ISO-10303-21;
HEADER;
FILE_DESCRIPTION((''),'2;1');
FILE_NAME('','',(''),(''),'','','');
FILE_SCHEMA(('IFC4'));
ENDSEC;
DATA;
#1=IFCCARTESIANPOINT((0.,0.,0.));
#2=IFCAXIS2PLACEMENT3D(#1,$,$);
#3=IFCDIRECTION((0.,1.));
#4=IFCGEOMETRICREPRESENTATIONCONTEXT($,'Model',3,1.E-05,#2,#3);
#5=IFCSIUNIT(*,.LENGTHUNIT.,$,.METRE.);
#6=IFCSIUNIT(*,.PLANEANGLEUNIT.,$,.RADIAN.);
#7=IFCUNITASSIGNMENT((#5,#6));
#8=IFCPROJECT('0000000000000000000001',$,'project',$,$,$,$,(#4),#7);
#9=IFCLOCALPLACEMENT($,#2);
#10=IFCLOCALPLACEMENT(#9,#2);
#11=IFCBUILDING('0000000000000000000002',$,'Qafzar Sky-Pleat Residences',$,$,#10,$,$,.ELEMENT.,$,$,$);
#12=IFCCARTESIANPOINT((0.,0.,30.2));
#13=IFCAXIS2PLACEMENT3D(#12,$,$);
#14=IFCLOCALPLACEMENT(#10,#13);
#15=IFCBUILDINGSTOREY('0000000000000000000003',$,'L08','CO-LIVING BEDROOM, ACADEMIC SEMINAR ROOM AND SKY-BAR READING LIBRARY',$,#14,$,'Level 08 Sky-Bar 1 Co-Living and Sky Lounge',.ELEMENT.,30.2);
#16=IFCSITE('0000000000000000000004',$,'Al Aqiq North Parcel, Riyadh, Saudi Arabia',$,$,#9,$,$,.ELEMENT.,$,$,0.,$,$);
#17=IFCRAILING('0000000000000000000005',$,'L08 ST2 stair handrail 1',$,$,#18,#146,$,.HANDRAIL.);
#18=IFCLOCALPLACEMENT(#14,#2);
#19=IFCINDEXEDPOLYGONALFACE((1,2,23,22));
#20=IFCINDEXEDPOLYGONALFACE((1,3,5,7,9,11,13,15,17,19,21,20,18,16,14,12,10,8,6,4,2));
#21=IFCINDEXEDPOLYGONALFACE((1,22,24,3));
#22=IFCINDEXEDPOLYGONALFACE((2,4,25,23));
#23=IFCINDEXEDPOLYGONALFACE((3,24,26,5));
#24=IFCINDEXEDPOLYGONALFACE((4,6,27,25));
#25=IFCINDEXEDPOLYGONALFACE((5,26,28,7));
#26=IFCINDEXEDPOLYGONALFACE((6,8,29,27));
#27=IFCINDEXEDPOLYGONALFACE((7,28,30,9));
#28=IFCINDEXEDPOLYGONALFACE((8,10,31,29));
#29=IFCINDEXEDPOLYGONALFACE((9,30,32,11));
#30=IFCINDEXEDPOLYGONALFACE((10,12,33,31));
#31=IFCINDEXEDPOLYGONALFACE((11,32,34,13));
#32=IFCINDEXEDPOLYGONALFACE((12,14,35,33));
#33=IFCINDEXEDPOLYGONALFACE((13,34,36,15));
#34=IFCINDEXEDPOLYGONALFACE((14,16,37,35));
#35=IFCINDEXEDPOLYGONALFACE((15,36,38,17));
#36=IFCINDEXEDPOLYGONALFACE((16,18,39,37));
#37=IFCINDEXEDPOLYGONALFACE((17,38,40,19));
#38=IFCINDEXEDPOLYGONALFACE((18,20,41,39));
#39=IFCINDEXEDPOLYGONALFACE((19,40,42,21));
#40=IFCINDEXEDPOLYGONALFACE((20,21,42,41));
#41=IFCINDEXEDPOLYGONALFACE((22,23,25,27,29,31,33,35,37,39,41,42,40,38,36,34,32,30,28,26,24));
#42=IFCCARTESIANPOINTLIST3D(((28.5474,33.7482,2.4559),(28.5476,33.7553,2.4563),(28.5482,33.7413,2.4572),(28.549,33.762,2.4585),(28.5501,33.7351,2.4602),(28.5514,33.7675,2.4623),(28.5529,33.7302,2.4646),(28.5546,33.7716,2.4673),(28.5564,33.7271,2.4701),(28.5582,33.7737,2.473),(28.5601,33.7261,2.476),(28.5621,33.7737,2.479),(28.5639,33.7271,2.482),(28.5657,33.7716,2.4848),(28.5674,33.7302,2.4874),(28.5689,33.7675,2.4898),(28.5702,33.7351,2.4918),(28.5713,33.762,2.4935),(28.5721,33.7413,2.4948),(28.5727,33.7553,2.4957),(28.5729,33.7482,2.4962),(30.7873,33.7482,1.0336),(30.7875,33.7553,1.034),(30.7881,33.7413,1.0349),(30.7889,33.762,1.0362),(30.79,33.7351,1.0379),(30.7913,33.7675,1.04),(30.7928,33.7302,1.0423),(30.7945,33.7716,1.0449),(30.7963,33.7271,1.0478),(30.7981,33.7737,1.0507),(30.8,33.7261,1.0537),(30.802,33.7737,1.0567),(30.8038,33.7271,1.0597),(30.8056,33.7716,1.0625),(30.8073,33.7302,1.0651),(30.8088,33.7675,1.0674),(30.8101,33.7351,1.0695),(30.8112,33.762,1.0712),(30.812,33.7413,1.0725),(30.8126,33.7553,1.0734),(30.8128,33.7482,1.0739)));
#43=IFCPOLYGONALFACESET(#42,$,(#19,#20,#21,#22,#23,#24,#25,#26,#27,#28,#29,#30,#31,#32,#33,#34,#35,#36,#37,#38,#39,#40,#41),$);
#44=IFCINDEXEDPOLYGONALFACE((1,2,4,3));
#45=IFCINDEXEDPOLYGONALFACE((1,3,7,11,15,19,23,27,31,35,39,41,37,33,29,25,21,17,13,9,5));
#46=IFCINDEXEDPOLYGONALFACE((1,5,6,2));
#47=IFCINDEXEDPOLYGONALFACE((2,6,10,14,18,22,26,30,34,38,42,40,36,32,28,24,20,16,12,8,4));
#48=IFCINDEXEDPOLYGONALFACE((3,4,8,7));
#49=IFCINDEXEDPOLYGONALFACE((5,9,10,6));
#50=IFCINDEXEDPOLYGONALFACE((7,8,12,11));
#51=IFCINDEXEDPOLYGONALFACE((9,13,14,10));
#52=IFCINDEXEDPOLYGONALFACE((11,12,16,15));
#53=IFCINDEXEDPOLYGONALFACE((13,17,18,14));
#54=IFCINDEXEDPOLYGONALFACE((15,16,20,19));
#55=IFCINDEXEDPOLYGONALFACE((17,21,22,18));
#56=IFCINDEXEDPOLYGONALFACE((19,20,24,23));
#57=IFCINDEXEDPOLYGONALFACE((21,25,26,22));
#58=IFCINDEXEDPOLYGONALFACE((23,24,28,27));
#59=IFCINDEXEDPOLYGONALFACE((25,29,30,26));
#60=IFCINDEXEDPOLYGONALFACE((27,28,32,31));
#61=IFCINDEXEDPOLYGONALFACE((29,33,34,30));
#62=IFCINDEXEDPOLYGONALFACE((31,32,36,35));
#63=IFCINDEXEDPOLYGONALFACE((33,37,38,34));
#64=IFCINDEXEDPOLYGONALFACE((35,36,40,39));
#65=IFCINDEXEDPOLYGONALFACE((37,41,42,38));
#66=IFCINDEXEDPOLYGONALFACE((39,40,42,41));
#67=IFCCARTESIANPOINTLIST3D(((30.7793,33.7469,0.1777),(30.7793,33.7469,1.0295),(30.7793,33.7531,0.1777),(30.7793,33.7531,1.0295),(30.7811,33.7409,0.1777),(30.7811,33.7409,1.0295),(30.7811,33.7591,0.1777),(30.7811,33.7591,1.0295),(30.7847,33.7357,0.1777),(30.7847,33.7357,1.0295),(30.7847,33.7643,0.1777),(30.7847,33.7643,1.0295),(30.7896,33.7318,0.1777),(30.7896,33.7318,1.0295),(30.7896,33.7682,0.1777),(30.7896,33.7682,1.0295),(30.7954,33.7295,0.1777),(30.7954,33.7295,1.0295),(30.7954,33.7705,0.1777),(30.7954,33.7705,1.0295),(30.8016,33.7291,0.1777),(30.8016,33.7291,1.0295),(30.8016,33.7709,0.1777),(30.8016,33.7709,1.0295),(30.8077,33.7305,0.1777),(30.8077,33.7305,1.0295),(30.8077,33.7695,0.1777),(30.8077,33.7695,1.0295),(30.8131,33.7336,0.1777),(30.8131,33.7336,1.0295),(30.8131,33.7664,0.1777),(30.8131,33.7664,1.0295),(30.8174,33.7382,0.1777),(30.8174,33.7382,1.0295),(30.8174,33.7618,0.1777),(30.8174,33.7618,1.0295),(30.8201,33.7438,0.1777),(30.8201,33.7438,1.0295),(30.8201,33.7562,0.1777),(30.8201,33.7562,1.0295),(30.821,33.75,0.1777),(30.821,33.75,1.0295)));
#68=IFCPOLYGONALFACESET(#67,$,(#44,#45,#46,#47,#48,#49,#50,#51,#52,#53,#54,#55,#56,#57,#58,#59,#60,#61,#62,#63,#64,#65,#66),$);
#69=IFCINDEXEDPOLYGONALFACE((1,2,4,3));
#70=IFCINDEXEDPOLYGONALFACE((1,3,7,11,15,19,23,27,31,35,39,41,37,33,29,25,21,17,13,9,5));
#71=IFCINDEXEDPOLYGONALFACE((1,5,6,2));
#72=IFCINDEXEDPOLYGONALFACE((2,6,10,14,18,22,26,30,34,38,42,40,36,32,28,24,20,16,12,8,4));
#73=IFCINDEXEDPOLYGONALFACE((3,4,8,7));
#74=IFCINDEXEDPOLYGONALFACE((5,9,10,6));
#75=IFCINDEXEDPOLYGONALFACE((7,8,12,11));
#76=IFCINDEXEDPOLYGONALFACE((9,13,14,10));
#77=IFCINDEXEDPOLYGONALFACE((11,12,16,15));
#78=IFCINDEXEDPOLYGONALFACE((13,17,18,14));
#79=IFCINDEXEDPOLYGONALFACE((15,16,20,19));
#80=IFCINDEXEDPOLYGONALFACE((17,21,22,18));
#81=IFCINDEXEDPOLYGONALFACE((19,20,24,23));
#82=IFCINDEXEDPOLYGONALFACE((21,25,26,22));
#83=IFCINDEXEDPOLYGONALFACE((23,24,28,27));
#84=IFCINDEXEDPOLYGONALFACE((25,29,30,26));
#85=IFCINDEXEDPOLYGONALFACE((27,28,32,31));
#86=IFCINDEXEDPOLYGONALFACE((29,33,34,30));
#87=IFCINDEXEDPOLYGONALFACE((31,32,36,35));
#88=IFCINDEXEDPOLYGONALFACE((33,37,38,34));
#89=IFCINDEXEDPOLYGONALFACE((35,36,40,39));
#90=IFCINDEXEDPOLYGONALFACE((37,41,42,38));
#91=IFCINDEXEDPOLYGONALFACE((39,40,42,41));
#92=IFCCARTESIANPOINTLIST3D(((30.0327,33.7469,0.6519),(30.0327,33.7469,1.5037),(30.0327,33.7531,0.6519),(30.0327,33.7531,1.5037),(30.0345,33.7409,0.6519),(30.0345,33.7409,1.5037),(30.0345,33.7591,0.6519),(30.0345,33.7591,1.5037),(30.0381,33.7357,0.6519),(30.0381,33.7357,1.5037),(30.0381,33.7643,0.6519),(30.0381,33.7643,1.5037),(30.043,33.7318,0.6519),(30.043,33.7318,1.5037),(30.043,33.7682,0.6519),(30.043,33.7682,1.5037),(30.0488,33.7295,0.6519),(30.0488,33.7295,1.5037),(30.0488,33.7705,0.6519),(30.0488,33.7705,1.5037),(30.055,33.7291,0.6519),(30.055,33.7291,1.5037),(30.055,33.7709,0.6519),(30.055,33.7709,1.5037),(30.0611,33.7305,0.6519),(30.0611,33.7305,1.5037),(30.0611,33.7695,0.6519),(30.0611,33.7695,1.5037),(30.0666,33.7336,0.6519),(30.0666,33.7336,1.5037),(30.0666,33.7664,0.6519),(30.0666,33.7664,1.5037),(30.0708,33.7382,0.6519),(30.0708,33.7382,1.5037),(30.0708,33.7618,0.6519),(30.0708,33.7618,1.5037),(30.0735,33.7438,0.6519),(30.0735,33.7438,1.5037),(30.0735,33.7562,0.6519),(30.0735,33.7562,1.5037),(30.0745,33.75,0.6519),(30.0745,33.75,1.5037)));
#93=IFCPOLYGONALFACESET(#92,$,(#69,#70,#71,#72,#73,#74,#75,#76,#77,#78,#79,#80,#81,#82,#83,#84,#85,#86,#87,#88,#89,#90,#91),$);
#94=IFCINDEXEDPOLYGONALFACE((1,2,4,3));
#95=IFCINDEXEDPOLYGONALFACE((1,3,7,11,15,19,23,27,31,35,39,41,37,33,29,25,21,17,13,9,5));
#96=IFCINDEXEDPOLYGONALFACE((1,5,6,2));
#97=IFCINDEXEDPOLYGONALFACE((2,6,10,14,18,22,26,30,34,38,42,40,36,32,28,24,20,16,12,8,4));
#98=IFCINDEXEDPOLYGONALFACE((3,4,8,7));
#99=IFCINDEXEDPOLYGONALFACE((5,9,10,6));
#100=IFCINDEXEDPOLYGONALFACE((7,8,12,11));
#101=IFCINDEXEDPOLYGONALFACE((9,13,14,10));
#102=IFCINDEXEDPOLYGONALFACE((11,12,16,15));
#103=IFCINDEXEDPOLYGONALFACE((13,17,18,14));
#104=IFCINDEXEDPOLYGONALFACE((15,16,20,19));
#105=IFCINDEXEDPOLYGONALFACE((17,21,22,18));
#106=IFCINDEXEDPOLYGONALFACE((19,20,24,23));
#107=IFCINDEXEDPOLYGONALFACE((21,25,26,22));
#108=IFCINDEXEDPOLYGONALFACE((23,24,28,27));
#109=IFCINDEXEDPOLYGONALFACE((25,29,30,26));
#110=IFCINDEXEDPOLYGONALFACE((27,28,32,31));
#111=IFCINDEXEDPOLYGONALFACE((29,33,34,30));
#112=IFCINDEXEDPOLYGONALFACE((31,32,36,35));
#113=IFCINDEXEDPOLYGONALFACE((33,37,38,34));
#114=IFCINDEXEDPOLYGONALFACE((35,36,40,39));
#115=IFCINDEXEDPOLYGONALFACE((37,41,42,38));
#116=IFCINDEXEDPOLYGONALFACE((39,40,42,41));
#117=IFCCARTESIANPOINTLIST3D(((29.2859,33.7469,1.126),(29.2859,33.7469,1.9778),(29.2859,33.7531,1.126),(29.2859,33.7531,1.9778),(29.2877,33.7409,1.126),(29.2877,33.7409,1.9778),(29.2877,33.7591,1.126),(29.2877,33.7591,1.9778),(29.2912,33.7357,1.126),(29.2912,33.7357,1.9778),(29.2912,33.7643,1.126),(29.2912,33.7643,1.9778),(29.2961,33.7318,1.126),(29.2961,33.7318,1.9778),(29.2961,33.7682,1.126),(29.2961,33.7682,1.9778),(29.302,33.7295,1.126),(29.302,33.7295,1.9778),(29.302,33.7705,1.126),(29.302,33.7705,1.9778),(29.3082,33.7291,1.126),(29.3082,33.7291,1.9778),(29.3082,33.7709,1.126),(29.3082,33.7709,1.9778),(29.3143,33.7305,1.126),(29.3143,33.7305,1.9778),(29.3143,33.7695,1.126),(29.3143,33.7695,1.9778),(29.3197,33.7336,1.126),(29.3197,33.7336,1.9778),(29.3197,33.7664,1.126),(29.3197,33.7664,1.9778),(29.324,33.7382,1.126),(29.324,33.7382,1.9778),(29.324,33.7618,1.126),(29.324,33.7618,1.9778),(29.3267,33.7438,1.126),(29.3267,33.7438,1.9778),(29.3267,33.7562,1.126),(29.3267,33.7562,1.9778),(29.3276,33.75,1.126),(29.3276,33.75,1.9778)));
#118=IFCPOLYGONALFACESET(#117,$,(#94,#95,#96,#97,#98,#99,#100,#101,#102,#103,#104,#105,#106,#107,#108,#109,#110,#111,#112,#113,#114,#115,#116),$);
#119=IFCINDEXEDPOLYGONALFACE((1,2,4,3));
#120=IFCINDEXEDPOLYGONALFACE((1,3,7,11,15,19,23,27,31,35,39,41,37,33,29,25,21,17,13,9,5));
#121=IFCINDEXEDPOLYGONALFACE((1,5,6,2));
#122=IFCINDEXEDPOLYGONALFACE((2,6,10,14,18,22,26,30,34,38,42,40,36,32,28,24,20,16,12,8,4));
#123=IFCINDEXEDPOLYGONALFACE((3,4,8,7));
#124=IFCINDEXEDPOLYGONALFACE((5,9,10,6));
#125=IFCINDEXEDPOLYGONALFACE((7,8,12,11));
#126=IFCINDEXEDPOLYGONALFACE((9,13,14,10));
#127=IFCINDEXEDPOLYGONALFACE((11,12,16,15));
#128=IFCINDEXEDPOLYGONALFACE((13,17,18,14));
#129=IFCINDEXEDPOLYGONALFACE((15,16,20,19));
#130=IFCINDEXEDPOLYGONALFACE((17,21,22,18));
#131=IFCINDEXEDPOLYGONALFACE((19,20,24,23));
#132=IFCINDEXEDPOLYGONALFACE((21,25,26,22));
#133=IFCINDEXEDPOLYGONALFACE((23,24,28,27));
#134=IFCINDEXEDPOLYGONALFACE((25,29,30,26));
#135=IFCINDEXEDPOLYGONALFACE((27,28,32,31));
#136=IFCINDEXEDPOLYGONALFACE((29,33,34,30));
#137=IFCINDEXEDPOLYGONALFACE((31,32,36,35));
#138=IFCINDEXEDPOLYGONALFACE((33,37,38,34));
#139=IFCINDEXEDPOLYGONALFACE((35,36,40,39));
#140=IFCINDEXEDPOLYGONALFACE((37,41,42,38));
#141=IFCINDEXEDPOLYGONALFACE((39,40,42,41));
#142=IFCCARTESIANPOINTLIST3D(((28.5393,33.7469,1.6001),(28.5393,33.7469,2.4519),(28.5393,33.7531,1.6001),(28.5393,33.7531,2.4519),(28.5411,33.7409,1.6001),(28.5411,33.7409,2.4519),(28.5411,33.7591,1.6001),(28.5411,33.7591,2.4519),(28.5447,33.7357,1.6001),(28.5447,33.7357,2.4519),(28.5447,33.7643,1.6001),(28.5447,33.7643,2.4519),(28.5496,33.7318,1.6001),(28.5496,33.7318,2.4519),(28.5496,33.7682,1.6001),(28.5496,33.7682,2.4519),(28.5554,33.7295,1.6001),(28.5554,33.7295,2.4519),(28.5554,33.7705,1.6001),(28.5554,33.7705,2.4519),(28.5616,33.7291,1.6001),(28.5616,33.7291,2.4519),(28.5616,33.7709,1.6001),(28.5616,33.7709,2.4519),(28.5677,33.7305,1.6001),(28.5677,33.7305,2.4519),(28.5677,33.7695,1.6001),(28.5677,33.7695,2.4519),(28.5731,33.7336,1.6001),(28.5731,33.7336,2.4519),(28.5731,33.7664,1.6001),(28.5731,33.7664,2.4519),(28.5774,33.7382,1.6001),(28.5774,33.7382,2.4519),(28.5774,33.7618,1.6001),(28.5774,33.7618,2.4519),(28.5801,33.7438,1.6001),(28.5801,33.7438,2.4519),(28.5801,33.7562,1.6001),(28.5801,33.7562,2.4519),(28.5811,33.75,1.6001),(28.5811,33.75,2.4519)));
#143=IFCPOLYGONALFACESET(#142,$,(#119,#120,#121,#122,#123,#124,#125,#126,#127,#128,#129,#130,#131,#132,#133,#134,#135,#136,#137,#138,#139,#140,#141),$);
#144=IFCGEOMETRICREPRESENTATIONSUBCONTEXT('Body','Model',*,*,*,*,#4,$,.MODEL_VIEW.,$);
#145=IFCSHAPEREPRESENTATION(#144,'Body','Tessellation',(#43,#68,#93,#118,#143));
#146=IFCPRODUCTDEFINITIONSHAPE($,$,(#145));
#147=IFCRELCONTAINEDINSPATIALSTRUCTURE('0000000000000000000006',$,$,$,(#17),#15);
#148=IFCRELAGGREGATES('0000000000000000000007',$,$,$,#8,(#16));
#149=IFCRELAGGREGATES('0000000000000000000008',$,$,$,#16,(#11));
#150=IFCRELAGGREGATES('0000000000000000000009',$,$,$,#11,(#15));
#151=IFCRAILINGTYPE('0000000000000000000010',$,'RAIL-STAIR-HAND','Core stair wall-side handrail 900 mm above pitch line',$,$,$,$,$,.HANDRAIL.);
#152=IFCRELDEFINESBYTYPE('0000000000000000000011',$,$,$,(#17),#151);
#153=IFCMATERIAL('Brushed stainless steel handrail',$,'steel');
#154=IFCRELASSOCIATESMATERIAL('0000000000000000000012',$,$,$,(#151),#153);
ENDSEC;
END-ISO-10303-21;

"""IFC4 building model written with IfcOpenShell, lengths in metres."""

from ifc_helpers import new_model, si_unit, direction, frame, origin, origin_2d, place, context, subcontext, project, spatial, circle, extrude, source, transform, mapped, material, type_object, element, save


model = new_model("IFC4")

# Units and contexts
model_context = context("Model", 3, precision=1e-05, world=origin(), true_north=direction((0.0, 1.0)))
body_context = subcontext(model_context, "Body", "Model", "MODEL_VIEW")
ifc_project = project(units=[si_unit("LENGTHUNIT", "METRE"), si_unit("PLANEANGLEUNIT", "RADIAN")], contexts=[model_context])

# Site, building, storey
site_placement = place(None, origin())
site = spatial("IfcSite", under=ifc_project, at=site_placement, Name="Al Aqiq North Parcel, Riyadh, Saudi Arabia", CompositionType="ELEMENT", RefElevation=0.0)
building_placement = place(site_placement, origin())
building = spatial("IfcBuilding", under=site, at=building_placement, Name="Qafzar Sky-Pleat Residences", CompositionType="ELEMENT")
storey_placement = place(building_placement, frame((0.0, 0.0, 30.2)))
storey = spatial("IfcBuildingStorey", under=building, at=storey_placement, Name="L08", Description="CO-LIVING BEDROOM, ACADEMIC SEMINAR ROOM AND SKY-BAR READING LIBRARY", LongName="Level 08 Sky-Bar 1 Co-Living and Sky Lounge", CompositionType="ELEMENT", Elevation=30.2)

# Railing
ifc_material_1 = material(Name="Brushed stainless steel handrail", Category="steel")
railing_type_1 = type_object("IfcRailingType", Name="RAIL-STAIR-HAND", Description="Core stair wall-side handrail 900 mm above pitch line", PredefinedType="HANDRAIL", material=ifc_material_1)
shared_shape_1 = source(origin(), body_context, "Body", "SweptSolid", [
    extrude(circle(Radius=0.0239, at=origin_2d()), frame((0.0, 0.0, 0.876), z_axis=(-0.844188, 0.0, 0.536048), x_axis=(0.0, -1.0, 0.0)), (0.0, 0.0, 1.0), 2.6533),
    extrude(circle(Radius=0.021, at=origin_2d()), origin(), (0.0, 0.0, 1.0), 0.8518),
    extrude(circle(Radius=0.021, at=origin_2d()), frame((-0.7466, 0.0, 0.4741)), (0.0, 0.0, 1.0), 0.8518),
    extrude(circle(Radius=0.021, at=origin_2d()), frame((-1.4934, 0.0, 0.9482)), (0.0, 0.0, 1.0), 0.8518),
    extrude(circle(Radius=0.021, at=origin_2d()), frame((-2.24, 0.0, 1.4224)), (0.0, 0.0, 1.0), 0.8518),
])
railing_1_placement = place(storey_placement, frame((30.8, 33.75, 0.1777)))
element("IfcRailing", 1, at=railing_1_placement, inside=storey, type_object=railing_type_1, Name="L08 ST2 stair handrail 1", PredefinedType="HANDRAIL", context=body_context, shape_type="MappedRepresentation", body=[
    mapped(shared_shape_1, transform((0.0, 0.0, 0.0), x_axis=(1.0, 0.0, 0.0), y_axis=(0.0, 1.0, 0.0), z_axis=(0.0, 0.0, 1.0), scale=1.0)),
])

save(model, "model.ifc")
